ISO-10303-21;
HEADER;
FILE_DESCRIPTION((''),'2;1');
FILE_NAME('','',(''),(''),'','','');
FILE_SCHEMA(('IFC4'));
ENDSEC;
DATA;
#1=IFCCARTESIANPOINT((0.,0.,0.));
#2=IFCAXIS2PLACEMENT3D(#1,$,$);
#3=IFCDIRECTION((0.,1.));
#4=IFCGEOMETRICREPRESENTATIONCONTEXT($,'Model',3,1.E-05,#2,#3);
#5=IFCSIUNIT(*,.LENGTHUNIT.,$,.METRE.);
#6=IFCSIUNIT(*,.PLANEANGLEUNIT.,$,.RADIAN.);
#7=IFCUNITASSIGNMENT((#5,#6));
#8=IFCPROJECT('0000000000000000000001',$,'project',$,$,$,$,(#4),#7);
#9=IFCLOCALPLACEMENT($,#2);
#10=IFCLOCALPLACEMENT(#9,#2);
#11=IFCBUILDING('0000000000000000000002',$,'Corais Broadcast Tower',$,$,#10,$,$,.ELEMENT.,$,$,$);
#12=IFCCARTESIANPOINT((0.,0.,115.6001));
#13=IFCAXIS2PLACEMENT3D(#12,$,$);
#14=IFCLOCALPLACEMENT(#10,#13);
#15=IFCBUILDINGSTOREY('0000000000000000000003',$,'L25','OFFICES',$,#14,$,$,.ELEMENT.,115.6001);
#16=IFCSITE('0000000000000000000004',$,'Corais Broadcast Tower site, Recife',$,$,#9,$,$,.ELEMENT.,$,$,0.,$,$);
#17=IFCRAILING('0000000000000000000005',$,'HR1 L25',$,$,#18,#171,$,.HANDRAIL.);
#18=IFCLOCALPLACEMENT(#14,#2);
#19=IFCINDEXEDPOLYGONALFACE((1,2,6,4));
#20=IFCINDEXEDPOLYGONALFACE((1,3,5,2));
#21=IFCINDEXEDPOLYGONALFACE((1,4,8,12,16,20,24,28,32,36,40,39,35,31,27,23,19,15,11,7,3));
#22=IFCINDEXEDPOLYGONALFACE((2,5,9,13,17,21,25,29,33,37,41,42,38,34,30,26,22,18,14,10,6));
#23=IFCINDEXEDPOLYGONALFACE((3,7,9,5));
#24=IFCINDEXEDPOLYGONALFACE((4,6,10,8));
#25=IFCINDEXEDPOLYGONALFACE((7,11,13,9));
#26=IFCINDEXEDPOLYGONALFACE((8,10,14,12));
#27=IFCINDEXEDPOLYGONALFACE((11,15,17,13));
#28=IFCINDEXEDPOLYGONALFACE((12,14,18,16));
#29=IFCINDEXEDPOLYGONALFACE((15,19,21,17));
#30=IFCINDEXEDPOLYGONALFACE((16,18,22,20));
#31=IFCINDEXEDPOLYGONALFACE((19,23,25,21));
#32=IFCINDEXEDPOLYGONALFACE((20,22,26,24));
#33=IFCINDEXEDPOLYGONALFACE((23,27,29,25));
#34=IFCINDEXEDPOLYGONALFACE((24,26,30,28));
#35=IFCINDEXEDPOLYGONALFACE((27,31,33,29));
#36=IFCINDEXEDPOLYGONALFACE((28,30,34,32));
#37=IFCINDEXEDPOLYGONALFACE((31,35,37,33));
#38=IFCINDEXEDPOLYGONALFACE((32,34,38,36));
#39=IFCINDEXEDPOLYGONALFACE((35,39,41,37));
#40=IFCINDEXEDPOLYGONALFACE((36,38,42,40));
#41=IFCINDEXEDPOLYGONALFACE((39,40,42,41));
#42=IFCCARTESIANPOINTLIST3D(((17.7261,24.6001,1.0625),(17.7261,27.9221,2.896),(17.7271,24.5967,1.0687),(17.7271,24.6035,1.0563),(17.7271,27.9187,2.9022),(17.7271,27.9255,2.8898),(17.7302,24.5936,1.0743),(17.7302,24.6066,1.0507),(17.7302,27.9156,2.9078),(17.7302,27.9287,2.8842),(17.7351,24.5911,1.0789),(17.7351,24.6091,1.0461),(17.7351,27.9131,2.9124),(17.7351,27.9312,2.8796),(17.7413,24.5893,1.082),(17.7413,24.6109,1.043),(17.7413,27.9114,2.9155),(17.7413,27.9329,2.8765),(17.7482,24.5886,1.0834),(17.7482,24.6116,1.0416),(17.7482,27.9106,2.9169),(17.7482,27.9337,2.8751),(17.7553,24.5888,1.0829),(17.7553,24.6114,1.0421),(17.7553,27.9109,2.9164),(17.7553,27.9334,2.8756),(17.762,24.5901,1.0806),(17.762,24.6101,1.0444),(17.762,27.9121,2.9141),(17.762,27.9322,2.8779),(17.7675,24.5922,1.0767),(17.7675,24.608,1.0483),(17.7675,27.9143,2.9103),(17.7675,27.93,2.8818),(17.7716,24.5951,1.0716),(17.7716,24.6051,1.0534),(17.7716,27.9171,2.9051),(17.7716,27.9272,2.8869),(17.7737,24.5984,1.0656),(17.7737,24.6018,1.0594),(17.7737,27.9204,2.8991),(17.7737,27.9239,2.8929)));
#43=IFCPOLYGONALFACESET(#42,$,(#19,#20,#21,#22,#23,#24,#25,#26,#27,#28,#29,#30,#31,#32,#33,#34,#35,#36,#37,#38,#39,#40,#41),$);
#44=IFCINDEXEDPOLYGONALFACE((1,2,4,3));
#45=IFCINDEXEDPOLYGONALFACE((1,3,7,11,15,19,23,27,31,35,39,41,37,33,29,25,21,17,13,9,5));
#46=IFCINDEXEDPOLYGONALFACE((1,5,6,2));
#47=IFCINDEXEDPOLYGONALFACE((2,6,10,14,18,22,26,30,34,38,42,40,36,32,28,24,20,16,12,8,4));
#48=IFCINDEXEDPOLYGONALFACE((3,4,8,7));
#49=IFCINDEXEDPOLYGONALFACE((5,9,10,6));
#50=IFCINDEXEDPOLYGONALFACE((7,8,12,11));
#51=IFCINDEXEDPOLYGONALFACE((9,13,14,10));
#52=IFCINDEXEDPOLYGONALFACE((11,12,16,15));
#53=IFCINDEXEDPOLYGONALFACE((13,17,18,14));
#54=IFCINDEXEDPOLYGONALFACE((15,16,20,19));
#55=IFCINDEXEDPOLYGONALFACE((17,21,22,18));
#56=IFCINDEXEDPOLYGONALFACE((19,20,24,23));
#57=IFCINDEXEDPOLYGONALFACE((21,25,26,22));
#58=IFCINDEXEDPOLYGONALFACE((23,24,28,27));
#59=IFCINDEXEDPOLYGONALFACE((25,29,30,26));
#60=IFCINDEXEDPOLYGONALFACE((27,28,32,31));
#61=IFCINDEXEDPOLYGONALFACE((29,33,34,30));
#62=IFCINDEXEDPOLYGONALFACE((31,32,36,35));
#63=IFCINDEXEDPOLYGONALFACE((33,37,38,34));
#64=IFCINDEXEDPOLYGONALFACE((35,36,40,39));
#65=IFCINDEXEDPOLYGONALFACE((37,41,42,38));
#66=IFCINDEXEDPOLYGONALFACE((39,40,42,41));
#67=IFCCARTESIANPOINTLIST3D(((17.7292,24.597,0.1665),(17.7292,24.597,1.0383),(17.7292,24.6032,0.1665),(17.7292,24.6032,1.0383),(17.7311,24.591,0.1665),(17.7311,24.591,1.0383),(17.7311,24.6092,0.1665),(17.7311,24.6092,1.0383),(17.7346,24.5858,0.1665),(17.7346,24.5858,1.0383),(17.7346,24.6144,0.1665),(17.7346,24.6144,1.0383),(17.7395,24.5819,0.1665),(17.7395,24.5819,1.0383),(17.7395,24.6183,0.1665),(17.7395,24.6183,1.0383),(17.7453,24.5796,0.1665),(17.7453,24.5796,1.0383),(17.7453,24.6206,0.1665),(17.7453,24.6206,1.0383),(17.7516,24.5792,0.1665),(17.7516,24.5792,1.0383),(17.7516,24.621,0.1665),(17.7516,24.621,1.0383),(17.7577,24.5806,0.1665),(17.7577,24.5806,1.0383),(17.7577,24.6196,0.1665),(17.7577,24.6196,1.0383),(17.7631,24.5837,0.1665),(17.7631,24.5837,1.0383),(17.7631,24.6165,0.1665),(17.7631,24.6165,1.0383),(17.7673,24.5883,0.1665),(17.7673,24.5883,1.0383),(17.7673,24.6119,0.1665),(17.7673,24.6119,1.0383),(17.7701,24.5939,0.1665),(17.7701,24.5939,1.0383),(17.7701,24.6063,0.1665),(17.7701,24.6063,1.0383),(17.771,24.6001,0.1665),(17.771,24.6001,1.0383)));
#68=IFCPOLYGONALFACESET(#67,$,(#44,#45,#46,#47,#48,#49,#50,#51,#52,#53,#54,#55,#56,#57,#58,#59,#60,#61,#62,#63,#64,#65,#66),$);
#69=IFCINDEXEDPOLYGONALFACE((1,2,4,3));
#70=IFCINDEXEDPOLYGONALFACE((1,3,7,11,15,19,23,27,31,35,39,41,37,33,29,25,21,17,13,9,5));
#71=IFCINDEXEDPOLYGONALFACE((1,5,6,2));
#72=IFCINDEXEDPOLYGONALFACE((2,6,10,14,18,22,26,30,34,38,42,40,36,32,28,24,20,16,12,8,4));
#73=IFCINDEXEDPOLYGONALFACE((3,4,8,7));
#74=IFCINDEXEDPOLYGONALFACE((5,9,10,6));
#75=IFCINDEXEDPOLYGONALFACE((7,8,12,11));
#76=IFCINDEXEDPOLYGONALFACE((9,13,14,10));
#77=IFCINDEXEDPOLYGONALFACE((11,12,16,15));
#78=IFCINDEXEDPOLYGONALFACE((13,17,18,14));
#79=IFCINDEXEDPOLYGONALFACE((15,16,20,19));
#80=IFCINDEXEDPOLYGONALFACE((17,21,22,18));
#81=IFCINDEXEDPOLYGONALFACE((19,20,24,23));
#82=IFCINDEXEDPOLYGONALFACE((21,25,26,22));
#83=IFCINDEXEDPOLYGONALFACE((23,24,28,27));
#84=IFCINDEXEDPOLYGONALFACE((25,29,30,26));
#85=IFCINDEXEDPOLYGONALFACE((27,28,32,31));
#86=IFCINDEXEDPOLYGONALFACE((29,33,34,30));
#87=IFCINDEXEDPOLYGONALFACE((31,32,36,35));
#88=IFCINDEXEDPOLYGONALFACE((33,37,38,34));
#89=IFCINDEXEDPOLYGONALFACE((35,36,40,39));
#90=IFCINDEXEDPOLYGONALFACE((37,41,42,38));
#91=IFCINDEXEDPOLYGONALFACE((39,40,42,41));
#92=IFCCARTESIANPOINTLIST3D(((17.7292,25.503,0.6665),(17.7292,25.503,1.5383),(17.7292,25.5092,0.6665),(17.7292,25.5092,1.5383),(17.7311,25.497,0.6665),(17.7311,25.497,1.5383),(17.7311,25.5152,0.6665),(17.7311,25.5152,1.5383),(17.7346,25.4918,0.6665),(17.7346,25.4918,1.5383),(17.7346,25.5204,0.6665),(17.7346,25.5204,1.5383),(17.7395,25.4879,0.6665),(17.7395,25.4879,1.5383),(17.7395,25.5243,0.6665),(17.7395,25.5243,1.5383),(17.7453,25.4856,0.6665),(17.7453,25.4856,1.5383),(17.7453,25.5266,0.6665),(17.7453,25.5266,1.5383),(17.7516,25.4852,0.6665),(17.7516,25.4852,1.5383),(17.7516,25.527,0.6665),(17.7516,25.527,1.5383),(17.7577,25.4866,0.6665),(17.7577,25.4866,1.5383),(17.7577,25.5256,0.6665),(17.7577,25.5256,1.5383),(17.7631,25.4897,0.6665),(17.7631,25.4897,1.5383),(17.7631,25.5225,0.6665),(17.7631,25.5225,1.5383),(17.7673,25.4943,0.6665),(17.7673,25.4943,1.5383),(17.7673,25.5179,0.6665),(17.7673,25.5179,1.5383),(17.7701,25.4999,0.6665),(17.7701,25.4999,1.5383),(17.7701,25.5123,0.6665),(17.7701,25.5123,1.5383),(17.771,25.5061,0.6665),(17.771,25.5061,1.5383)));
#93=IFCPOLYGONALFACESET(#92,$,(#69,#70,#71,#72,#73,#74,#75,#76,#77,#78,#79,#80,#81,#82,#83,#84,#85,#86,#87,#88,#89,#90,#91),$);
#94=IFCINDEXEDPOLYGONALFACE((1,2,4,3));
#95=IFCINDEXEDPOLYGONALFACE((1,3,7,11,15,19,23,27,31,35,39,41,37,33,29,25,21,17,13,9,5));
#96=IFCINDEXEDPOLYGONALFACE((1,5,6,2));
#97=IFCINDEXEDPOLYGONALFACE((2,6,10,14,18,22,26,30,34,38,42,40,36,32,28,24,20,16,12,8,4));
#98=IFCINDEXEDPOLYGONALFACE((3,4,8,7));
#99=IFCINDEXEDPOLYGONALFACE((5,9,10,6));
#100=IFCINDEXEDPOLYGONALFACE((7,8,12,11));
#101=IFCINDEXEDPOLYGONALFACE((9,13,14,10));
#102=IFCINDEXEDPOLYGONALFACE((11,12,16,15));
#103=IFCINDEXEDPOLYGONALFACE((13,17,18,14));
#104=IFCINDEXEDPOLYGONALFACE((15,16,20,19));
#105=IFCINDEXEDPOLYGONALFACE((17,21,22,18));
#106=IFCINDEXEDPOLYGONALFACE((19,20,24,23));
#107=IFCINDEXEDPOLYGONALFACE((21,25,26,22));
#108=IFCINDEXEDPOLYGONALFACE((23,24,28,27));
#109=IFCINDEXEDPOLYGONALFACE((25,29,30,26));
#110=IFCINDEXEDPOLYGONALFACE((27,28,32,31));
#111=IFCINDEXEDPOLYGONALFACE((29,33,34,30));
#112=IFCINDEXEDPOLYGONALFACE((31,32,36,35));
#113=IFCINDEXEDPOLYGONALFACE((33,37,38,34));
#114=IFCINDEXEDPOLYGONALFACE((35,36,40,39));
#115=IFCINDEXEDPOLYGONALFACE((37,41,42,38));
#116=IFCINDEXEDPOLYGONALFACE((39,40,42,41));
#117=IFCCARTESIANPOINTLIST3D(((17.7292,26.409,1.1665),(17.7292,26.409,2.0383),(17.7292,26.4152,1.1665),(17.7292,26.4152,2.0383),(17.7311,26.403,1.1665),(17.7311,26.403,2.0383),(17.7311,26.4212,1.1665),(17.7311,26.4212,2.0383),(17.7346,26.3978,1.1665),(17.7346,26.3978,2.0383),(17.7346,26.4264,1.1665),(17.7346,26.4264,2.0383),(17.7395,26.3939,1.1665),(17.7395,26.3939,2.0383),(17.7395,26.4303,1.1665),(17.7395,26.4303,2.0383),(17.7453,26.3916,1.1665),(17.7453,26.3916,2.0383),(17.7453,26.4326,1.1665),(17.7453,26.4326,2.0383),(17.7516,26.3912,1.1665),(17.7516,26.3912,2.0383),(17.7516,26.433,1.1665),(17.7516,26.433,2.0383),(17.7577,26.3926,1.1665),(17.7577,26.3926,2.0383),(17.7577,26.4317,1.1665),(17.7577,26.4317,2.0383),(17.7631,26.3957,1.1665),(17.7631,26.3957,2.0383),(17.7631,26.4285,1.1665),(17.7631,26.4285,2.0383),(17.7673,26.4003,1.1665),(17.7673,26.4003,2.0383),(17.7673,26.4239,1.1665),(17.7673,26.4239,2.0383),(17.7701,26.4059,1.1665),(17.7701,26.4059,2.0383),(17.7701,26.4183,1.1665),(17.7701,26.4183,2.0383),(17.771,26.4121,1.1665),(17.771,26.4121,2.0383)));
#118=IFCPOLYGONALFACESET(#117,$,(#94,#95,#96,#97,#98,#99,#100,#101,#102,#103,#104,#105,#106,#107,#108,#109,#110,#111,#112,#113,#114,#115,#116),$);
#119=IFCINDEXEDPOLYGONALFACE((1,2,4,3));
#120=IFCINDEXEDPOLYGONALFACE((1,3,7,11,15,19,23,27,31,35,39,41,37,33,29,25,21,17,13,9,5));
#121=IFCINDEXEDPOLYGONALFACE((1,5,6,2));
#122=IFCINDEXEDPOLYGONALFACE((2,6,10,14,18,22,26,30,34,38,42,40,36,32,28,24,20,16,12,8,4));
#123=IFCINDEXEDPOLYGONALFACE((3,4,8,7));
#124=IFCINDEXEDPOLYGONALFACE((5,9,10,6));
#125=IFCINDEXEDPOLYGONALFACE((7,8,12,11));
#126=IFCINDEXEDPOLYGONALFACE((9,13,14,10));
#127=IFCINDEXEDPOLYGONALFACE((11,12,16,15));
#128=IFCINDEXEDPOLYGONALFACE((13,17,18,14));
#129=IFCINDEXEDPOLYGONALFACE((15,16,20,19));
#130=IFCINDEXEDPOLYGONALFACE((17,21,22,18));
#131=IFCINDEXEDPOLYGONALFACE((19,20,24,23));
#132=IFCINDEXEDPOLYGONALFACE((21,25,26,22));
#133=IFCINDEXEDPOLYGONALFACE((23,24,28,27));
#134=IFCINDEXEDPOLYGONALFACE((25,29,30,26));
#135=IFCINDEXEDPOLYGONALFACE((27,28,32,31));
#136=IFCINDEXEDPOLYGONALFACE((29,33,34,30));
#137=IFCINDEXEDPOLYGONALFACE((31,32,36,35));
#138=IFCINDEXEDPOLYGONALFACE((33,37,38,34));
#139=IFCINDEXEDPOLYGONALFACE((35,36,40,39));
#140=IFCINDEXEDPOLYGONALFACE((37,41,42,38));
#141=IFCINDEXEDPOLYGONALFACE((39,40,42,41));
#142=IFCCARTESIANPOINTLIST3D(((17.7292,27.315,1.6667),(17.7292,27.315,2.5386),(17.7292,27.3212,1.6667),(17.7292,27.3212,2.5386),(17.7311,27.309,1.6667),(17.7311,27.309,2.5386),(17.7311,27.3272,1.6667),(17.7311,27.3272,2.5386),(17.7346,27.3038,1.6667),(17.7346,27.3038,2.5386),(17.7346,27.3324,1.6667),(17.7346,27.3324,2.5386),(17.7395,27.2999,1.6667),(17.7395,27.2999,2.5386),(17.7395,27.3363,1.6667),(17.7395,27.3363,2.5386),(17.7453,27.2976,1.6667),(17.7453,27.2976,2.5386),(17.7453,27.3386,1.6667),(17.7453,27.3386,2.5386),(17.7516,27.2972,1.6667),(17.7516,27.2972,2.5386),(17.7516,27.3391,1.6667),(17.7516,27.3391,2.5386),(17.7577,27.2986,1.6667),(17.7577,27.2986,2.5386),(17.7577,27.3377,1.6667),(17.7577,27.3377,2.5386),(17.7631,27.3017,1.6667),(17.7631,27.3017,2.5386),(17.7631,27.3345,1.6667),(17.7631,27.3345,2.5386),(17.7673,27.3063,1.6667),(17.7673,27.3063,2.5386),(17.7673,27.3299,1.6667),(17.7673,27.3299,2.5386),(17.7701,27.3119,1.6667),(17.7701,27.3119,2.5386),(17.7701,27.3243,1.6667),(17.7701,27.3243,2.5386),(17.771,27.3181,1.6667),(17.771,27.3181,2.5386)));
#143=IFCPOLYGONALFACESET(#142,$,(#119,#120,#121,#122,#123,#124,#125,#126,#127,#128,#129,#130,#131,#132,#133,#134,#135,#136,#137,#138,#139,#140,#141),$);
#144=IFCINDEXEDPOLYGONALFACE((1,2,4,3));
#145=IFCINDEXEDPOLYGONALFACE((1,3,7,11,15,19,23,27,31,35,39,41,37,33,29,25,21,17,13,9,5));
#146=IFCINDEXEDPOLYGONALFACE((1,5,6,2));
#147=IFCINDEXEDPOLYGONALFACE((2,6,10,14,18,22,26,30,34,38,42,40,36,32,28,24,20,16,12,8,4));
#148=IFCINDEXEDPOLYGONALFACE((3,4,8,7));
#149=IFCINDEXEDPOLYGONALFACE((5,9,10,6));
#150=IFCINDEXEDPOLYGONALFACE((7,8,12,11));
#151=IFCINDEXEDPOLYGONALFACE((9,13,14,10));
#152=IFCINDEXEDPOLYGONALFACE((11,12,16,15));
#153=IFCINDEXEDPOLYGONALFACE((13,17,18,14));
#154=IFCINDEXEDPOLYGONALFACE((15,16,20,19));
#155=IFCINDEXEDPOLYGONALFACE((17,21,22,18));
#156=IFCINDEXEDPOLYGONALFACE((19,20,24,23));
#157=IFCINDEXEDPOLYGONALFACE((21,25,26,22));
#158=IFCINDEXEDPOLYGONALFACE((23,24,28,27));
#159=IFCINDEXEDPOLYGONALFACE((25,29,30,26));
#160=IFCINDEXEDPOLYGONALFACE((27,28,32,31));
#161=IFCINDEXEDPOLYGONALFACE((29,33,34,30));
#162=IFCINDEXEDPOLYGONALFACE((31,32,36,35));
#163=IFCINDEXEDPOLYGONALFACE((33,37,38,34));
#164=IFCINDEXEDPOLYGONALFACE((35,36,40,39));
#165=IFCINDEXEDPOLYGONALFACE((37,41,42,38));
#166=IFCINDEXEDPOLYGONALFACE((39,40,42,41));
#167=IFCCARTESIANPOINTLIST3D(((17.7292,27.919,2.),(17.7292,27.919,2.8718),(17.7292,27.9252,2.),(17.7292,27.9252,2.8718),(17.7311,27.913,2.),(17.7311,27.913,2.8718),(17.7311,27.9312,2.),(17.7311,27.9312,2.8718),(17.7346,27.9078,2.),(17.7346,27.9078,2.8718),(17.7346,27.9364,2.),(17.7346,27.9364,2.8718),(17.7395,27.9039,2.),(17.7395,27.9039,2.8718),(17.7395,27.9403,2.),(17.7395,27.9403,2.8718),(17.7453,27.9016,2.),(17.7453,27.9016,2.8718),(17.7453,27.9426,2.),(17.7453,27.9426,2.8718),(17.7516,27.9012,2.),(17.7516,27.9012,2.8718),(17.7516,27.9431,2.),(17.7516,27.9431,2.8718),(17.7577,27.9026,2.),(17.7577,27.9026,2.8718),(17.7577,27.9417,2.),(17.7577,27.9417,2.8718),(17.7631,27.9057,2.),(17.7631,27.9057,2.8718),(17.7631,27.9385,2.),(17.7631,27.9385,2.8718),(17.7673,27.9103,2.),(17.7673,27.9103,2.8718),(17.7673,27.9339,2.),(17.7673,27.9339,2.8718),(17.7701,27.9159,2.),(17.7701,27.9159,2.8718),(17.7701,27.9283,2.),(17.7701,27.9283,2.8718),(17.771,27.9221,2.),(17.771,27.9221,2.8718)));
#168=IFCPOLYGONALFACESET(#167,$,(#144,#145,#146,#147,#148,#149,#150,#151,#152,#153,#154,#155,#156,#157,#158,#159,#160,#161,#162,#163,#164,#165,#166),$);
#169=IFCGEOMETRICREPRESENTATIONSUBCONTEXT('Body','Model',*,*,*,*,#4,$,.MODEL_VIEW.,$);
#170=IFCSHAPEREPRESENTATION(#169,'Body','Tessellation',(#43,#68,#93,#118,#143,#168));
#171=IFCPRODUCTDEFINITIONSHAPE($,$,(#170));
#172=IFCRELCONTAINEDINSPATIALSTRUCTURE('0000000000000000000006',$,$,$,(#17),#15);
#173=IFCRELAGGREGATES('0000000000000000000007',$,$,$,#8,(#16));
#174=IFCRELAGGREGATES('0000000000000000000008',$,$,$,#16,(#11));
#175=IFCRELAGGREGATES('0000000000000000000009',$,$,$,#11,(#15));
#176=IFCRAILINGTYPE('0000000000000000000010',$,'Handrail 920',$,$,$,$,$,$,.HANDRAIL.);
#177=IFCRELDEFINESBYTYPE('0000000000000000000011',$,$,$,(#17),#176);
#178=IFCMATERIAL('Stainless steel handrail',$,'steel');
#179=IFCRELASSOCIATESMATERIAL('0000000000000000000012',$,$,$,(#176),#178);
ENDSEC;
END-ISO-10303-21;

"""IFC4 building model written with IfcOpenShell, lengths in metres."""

from ifc_helpers import new_model, si_unit, direction, frame, origin, origin_2d, place, context, subcontext, project, spatial, circle, extrude, material, type_object, element, save


model = new_model("IFC4")

# Units and contexts
model_context = context("Model", 3, precision=1e-05, world=origin(), true_north=direction((0.0, 1.0)))
body_context = subcontext(model_context, "Body", "Model", "MODEL_VIEW")
ifc_project = project(units=[si_unit("LENGTHUNIT", "METRE"), si_unit("PLANEANGLEUNIT", "RADIAN")], contexts=[model_context])

# Site, building, storey
site_placement = place(None, origin())
site = spatial("IfcSite", under=ifc_project, at=site_placement, Name="Corais Broadcast Tower site, Recife", CompositionType="ELEMENT", RefElevation=0.0)
building_placement = place(site_placement, origin())
building = spatial("IfcBuilding", under=site, at=building_placement, Name="Corais Broadcast Tower", CompositionType="ELEMENT")
storey_placement = place(building_placement, frame((0.0, 0.0, 115.6001)))
storey = spatial("IfcBuildingStorey", under=building, at=storey_placement, Name="L25", Description="OFFICES", CompositionType="ELEMENT", Elevation=115.6001)

# Railing
ifc_material_1 = material(Name="Stainless steel handrail", Category="steel")
railing_type = type_object("IfcRailingType", Name="Handrail 920", PredefinedType="HANDRAIL", material=ifc_material_1)
for number, where, name in (
    (1, (17.75, 24.6001, 0.1665), "HR1 L25"),
):
    element("IfcRailing", number, at=place(storey_placement, frame(where)), inside=storey, type_object=railing_type, Name=name, PredefinedType="HANDRAIL", context=body_context, shape_type="SweptSolid", body=[
        extrude(circle(Radius=0.0239, at=origin_2d()), frame((0.0, 0.0, 0.896), z_axis=(0.0, 0.875504, 0.48321), x_axis=(-1.0, 0.0, 0.0)), (0.0, 0.0, 1.0), 3.7944),
        extrude(circle(Radius=0.021, at=origin_2d()), origin(), (0.0, 0.0, 1.0), 0.8718),
        extrude(circle(Radius=0.021, at=origin_2d()), frame((0.0, 0.906, 0.5)), (0.0, 0.0, 1.0), 0.8718),
        extrude(circle(Radius=0.021, at=origin_2d()), frame((0.0, 1.812, 1.0)), (0.0, 0.0, 1.0), 0.8718),
        extrude(circle(Radius=0.021, at=origin_2d()), frame((0.0, 2.718, 1.5002)), (0.0, 0.0, 1.0), 0.8718),
        extrude(circle(Radius=0.021, at=origin_2d()), frame((0.0, 3.322, 1.8335)), (0.0, 0.0, 1.0), 0.8718),
    ])

save(model, "model.ifc")
